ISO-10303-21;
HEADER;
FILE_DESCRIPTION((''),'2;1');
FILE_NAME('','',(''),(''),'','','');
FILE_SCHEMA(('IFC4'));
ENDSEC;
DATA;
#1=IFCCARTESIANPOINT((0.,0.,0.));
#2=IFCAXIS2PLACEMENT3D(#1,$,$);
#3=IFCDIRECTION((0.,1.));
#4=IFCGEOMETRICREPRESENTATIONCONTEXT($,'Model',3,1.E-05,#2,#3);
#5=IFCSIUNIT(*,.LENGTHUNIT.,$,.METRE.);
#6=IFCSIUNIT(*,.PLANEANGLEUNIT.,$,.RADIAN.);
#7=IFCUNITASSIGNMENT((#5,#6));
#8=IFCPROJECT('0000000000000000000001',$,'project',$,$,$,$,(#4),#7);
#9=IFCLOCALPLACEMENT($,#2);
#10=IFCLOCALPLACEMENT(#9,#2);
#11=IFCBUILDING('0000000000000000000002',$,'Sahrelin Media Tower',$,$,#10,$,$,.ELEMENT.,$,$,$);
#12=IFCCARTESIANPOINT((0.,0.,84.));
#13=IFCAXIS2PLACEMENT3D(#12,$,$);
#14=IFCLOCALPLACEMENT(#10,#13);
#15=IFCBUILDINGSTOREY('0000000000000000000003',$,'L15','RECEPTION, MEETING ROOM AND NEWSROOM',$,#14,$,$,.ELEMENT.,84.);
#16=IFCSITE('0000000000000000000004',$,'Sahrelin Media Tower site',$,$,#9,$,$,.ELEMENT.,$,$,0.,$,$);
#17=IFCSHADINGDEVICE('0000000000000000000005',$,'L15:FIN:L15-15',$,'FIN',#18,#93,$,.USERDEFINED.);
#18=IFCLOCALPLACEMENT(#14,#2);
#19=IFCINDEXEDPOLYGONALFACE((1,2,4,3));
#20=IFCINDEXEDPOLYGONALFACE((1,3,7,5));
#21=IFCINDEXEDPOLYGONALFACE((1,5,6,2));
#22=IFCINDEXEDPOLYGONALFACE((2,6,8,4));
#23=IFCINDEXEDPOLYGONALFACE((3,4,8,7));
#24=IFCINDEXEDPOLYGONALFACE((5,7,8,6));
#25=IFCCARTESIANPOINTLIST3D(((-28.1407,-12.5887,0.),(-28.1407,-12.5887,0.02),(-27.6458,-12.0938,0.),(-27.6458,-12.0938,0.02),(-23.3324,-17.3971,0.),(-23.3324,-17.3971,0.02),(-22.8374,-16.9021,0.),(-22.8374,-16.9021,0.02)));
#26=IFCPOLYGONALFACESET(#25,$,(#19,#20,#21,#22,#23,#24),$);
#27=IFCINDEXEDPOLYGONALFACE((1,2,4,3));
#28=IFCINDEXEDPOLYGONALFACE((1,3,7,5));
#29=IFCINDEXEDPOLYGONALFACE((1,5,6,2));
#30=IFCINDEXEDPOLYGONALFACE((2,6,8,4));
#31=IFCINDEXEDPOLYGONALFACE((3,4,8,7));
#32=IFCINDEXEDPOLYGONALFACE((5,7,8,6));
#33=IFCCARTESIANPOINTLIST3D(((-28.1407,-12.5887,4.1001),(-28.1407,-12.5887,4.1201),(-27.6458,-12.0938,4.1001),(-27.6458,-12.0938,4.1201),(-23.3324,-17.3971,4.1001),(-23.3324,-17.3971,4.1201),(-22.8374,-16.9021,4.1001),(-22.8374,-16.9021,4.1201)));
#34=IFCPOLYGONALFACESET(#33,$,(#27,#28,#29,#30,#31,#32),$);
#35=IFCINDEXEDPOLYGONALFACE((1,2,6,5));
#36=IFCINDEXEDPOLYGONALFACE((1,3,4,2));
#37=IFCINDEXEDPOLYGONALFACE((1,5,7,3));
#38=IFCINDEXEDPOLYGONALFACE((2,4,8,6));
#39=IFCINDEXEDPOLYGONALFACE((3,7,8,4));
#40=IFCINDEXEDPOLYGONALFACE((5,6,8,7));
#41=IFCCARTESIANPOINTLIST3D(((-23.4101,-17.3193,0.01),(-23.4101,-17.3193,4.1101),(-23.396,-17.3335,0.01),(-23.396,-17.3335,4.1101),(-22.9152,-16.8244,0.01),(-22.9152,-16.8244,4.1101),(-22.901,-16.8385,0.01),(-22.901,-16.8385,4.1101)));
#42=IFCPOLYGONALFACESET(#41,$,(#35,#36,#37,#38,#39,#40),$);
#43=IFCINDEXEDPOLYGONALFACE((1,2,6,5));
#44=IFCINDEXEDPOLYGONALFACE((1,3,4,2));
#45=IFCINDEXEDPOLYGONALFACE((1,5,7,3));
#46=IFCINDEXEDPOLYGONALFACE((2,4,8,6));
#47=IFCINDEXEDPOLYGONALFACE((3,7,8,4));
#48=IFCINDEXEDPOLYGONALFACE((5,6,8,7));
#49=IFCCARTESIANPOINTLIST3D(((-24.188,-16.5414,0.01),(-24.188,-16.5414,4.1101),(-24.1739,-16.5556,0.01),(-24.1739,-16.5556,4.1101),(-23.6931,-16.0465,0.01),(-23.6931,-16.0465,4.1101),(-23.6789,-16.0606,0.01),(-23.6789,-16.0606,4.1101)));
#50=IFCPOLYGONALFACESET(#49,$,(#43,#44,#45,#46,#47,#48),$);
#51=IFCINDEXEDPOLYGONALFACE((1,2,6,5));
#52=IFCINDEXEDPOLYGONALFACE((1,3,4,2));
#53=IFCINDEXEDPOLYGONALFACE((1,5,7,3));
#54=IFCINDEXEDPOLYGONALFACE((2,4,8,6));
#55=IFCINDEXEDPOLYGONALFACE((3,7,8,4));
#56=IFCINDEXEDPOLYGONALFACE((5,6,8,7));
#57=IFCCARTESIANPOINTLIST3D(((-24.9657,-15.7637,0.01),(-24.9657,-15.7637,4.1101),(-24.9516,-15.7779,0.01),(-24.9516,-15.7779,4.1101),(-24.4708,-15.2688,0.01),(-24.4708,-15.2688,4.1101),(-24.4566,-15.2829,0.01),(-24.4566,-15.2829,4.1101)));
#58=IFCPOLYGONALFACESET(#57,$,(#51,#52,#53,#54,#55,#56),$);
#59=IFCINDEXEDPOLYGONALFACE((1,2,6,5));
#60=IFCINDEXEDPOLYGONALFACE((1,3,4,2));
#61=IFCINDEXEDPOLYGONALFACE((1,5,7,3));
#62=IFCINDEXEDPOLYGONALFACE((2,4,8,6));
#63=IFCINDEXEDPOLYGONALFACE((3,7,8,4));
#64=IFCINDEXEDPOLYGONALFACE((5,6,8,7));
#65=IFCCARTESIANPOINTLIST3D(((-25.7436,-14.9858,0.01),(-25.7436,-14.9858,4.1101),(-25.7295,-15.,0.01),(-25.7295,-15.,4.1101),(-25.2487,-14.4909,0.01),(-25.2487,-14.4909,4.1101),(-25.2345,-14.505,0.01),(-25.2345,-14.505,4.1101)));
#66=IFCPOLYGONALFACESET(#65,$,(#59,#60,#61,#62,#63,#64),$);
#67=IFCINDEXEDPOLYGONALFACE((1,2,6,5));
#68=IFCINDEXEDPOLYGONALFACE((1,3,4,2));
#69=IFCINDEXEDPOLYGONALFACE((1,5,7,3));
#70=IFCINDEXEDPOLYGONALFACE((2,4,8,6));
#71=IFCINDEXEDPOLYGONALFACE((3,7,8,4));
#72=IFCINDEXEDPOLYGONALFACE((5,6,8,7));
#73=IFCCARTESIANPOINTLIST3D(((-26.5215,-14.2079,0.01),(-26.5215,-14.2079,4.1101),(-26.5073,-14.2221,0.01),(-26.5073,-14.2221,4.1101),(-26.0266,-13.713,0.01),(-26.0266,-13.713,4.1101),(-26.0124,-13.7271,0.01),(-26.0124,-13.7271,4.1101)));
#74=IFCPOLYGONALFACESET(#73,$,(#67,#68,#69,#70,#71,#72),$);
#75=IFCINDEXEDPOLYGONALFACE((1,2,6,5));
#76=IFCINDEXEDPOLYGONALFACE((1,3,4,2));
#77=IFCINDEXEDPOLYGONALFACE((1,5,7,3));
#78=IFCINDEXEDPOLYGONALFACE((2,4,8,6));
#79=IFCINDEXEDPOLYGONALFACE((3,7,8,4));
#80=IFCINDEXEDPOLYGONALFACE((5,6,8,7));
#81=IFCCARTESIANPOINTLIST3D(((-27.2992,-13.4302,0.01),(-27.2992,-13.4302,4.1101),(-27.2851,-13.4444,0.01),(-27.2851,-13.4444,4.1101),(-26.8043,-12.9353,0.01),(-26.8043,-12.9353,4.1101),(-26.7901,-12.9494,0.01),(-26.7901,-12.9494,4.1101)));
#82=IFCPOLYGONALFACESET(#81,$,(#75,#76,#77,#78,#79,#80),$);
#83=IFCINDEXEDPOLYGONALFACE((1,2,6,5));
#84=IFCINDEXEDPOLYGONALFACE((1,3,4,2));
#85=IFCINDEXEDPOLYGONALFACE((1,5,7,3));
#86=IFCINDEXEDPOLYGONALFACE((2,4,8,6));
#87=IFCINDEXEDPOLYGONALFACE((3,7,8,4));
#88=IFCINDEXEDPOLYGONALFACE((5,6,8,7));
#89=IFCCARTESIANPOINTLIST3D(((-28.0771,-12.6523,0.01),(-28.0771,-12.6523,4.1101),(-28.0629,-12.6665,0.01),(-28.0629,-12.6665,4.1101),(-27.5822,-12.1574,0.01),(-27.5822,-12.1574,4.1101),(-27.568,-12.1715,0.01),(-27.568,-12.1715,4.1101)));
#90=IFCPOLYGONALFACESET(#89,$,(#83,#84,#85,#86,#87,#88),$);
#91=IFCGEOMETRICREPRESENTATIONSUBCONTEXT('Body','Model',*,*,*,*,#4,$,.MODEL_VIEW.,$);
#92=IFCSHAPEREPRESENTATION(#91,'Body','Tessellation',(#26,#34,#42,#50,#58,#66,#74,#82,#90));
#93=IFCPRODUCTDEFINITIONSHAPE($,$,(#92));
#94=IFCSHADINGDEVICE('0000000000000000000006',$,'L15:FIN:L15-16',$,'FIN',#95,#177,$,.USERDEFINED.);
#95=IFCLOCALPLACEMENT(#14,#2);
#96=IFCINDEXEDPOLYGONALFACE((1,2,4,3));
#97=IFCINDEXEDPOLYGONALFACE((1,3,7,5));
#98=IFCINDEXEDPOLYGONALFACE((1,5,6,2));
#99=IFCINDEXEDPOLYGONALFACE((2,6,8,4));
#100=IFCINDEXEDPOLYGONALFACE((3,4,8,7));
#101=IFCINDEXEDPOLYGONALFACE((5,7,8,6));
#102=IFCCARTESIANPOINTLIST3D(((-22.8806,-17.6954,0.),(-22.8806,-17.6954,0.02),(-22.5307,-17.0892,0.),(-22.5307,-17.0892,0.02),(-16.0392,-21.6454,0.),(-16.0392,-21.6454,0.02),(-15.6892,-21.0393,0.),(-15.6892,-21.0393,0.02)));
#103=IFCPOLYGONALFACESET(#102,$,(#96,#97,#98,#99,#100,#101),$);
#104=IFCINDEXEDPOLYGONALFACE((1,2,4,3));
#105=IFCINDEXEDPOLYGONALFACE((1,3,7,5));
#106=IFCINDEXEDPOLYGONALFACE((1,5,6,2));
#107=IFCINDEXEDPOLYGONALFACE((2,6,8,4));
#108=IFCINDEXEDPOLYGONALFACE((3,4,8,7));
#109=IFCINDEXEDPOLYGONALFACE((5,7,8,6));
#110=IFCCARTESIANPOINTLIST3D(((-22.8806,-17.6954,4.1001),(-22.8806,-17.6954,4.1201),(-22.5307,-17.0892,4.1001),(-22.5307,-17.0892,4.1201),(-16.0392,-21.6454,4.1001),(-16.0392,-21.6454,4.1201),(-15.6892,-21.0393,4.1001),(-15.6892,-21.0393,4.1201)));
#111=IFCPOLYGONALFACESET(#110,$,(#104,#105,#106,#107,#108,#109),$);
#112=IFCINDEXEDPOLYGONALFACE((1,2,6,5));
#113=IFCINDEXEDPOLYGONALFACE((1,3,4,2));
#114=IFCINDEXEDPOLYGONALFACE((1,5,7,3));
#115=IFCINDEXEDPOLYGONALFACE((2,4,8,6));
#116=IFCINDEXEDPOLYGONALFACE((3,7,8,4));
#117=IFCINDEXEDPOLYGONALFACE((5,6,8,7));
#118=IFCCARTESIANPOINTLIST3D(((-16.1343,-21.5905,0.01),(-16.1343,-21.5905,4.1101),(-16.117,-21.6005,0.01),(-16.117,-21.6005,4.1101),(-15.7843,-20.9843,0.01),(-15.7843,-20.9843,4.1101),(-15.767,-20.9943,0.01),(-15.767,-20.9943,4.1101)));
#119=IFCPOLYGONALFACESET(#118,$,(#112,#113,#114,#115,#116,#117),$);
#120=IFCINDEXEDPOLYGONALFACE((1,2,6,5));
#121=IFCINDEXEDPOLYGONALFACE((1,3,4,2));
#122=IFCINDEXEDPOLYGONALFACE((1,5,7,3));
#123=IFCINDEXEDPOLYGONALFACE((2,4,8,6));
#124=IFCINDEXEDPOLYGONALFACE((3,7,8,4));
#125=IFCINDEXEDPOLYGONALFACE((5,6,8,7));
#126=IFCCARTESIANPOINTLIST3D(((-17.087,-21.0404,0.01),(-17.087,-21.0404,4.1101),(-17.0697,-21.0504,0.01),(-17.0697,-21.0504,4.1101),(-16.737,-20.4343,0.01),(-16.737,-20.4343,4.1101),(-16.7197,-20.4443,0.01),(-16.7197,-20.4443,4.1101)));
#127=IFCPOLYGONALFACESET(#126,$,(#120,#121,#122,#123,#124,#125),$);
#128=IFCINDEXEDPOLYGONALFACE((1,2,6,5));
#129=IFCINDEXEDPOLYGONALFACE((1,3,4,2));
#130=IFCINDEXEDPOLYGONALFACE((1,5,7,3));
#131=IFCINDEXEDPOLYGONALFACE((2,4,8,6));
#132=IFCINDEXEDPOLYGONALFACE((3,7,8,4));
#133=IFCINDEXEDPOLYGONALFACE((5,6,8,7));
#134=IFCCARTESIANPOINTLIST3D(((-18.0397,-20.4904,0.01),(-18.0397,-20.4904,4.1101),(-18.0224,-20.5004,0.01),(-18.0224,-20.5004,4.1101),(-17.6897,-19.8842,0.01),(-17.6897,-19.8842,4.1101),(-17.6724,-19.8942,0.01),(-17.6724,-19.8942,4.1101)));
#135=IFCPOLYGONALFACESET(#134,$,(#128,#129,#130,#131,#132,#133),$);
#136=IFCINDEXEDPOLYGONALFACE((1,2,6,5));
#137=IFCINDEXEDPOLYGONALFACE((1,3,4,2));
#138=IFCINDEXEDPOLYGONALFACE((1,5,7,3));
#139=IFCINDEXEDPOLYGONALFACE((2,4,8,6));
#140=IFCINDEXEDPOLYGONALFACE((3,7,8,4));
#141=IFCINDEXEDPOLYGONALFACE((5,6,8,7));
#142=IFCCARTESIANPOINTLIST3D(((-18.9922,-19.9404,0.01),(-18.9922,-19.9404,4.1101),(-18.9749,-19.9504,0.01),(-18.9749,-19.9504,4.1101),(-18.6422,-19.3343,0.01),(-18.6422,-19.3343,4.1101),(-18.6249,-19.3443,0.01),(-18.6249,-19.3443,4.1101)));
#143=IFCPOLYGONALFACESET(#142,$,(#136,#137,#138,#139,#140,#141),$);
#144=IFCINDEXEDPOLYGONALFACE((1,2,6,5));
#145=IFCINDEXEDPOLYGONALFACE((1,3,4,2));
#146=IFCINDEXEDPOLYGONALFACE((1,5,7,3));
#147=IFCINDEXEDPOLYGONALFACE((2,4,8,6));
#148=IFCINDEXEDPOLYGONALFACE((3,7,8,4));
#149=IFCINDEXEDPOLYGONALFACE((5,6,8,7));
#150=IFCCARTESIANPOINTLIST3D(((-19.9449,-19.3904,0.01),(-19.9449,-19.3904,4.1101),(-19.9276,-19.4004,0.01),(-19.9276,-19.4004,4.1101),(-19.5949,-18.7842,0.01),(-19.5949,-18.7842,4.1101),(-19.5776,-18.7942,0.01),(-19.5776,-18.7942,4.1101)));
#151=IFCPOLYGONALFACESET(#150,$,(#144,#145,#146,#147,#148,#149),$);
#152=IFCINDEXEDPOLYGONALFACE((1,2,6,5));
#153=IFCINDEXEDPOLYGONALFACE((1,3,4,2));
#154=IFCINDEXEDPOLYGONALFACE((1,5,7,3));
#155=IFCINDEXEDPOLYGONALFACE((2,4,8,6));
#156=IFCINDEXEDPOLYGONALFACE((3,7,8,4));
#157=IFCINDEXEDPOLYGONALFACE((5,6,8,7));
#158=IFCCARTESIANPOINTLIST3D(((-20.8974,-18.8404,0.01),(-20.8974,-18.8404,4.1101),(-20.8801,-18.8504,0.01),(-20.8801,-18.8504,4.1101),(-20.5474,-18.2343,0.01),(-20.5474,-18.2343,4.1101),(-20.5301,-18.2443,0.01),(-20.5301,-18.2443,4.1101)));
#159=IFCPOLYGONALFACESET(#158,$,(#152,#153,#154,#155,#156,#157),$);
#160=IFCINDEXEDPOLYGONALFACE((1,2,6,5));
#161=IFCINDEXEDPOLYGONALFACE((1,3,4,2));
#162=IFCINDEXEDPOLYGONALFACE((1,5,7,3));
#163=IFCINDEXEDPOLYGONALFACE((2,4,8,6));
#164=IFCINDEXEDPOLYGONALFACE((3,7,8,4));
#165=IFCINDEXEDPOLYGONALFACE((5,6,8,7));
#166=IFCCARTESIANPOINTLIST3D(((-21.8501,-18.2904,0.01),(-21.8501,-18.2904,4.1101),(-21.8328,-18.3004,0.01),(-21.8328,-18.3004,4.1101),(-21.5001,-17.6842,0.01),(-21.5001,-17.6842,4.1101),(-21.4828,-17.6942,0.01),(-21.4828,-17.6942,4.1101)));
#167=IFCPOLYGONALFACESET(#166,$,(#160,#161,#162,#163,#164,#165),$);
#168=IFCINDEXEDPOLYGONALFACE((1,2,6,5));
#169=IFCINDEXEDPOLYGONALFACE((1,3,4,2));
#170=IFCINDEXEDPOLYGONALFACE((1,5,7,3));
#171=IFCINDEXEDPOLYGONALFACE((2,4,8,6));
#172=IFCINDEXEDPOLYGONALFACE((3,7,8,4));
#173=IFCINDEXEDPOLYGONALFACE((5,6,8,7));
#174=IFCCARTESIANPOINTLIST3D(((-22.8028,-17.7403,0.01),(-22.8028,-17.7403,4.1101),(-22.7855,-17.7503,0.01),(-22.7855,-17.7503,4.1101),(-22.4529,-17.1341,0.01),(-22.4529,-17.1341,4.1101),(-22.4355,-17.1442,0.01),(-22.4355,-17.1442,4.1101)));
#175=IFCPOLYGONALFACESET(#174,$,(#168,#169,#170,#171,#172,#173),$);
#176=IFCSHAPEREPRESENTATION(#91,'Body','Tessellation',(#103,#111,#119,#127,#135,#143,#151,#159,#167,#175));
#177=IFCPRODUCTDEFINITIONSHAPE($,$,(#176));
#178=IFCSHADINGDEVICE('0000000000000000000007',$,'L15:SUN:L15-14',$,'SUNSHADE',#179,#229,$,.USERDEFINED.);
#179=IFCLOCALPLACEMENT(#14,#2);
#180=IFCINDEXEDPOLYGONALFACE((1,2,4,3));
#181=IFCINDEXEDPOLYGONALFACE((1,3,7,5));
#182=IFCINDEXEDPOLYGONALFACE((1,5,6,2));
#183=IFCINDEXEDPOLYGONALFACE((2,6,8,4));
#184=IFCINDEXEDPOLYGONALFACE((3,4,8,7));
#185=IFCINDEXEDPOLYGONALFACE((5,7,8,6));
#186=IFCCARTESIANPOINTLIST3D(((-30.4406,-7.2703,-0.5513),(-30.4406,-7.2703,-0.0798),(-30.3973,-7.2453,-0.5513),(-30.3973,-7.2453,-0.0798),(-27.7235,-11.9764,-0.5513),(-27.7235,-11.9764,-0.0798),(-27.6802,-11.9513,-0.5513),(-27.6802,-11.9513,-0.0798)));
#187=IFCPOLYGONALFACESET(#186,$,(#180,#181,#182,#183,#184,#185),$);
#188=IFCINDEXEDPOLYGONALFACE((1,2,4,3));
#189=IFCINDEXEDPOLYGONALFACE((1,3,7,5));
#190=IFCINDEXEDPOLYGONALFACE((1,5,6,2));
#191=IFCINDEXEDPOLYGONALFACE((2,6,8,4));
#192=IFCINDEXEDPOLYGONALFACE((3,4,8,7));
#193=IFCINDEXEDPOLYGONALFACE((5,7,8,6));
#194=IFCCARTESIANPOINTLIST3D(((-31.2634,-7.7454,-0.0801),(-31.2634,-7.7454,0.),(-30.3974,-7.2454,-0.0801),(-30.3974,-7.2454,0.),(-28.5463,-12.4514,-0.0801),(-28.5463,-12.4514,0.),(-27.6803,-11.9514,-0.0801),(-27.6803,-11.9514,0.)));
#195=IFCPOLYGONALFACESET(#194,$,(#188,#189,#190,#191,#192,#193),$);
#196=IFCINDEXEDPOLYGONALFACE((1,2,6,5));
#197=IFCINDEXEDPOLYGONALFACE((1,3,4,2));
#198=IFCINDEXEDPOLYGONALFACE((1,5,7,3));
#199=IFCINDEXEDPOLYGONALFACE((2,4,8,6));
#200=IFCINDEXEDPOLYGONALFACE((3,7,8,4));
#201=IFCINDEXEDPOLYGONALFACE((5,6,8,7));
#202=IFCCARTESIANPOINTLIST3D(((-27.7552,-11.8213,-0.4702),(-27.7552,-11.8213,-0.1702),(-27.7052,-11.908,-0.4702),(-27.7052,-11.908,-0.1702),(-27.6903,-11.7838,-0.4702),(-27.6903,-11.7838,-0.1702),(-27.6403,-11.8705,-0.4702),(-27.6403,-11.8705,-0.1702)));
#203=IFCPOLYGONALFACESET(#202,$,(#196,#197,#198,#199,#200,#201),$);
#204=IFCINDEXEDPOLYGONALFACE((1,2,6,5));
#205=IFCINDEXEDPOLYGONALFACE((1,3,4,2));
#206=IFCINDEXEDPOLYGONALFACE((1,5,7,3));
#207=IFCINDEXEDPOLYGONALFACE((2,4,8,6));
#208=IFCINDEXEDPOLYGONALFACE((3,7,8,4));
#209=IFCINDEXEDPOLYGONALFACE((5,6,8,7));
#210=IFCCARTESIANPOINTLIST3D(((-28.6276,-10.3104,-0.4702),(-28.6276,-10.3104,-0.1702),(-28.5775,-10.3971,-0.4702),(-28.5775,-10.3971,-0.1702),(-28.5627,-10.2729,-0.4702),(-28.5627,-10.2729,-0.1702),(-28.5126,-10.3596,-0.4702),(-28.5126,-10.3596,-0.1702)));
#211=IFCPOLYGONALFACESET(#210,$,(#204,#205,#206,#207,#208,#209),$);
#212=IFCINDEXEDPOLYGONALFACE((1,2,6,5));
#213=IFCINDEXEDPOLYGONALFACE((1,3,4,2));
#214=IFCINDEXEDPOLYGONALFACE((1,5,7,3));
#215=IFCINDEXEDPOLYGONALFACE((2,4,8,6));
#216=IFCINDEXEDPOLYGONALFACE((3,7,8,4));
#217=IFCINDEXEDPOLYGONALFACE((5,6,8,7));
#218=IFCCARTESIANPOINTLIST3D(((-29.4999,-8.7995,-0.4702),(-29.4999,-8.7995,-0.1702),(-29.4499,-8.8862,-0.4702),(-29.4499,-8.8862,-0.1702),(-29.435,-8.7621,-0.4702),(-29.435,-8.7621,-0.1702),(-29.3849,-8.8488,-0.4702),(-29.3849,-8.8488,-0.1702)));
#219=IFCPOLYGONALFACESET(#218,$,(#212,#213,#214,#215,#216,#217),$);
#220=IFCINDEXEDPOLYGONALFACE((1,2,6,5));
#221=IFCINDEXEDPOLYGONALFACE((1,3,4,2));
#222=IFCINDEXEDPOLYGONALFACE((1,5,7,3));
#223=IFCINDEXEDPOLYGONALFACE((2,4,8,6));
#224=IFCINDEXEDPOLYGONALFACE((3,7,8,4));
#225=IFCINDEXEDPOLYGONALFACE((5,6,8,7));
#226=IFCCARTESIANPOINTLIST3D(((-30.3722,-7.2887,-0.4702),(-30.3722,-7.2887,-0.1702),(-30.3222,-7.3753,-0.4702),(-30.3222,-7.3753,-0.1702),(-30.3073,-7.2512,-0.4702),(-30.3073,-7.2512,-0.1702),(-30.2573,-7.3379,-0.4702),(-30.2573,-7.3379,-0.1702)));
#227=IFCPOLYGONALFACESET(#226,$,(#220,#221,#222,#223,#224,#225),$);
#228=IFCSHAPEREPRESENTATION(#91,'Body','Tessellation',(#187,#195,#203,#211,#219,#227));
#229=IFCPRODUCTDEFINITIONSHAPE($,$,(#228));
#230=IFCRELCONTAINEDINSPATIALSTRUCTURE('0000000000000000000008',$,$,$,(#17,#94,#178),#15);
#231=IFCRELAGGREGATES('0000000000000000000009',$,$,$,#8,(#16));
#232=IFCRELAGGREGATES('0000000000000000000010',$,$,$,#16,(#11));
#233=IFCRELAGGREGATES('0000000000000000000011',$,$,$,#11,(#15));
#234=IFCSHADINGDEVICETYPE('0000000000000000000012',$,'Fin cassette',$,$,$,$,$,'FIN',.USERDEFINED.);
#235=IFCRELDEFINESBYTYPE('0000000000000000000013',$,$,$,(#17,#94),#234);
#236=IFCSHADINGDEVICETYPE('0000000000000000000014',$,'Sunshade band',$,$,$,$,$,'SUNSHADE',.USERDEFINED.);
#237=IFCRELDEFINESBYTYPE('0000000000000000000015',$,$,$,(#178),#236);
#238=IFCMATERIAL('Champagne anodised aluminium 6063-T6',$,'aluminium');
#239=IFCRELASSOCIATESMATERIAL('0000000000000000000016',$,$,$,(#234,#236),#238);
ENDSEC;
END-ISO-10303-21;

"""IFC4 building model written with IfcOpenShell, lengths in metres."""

from ifc_helpers import new_model, si_unit, direction, frame, origin, origin_2d, place, context, subcontext, project, spatial, rectangle, extrude, material, type_object, element, save


model = new_model("IFC4")

# Units and contexts
model_context = context("Model", 3, precision=1e-05, world=origin(), true_north=direction((0.0, 1.0)))
body_context = subcontext(model_context, "Body", "Model", "MODEL_VIEW")
ifc_project = project(units=[si_unit("LENGTHUNIT", "METRE"), si_unit("PLANEANGLEUNIT", "RADIAN")], contexts=[model_context])

# Site, building, storey
site_placement = place(None, origin())
site = spatial("IfcSite", under=ifc_project, at=site_placement, Name="Sahrelin Media Tower site", CompositionType="ELEMENT", RefElevation=0.0)
building_placement = place(site_placement, origin())
building = spatial("IfcBuilding", under=site, at=building_placement, Name="Sahrelin Media Tower", CompositionType="ELEMENT")
storey_placement = place(building_placement, frame((0.0, 0.0, 84.0)))
storey = spatial("IfcBuildingStorey", under=building, at=storey_placement, Name="L15", Description="RECEPTION, MEETING ROOM AND NEWSROOM", CompositionType="ELEMENT", Elevation=84.0)

# Shared definitions
ifc_material_1 = material(Name="Champagne anodised aluminium 6063-T6", Category="aluminium")

# Shading devices
shading_device_type_1 = type_object("IfcShadingDeviceType", Name="Fin cassette", ElementType="FIN", PredefinedType="USERDEFINED", material=ifc_material_1)
placement_1 = place(storey_placement, frame((-29.0215, -9.5884, 0.0), z_axis=(0.0, 0.0, 1.0), x_axis=(-0.500011, 0.866019, 0.0)))
placement_2 = place(storey_placement, frame((-25.1921, -14.4485, 0.0), z_axis=(0.0, 0.0, 1.0), x_axis=(-0.707107, 0.707107, 0.0)))
element("IfcShadingDevice", 1, at=placement_2, inside=storey, type_object=shading_device_type_1, Name="L15:FIN:L15-15", ObjectType="FIN", PredefinedType="USERDEFINED", context=body_context, shape_type="SweptSolid", body=[
    extrude(rectangle(XDim=6.8, YDim=0.7, at=origin_2d()), frame((0.0, 0.4199, 0.0)), (0.0, 0.0, 1.0), 0.02),
    extrude(rectangle(XDim=6.8, YDim=0.7, at=origin_2d()), frame((0.0, 0.4199, 4.1001)), (0.0, 0.0, 1.0), 0.02),
    extrude(rectangle(XDim=0.02, YDim=0.7, at=origin_2d()), frame((-3.3, 0.4199, 0.01), z_axis=(0.0, 0.0, 1.0), x_axis=(1.0, 0.0, 0.0)), (0.0, 0.0, 1.0), 4.1001),
    extrude(rectangle(XDim=0.02, YDim=0.7, at=origin_2d()), frame((-2.2, 0.4199, 0.01), z_axis=(0.0, 0.0, 1.0), x_axis=(1.0, 0.0, 0.0)), (0.0, 0.0, 1.0), 4.1001),
    extrude(rectangle(XDim=0.02, YDim=0.7, at=origin_2d()), frame((-1.1001, 0.4199, 0.01), z_axis=(0.0, 0.0, 1.0), x_axis=(1.0, 0.0, 0.0)), (0.0, 0.0, 1.0), 4.1001),
    extrude(rectangle(XDim=0.02, YDim=0.7, at=origin_2d()), frame((0.0, 0.4199, 0.01), z_axis=(0.0, 0.0, 1.0), x_axis=(1.0, 0.0, 0.0)), (0.0, 0.0, 1.0), 4.1001),
    extrude(rectangle(XDim=0.02, YDim=0.7, at=origin_2d()), frame((1.1001, 0.4199, 0.01), z_axis=(0.0, 0.0, 1.0), x_axis=(1.0, 0.0, 0.0)), (0.0, 0.0, 1.0), 4.1001),
    extrude(rectangle(XDim=0.02, YDim=0.7, at=origin_2d()), frame((2.2, 0.4199, 0.01), z_axis=(0.0, 0.0, 1.0), x_axis=(1.0, 0.0, 0.0)), (0.0, 0.0, 1.0), 4.1001),
    extrude(rectangle(XDim=0.02, YDim=0.7, at=origin_2d()), frame((3.3, 0.4199, 0.01), z_axis=(0.0, 0.0, 1.0), x_axis=(1.0, 0.0, 0.0)), (0.0, 0.0, 1.0), 4.1001),
])
placement_3 = place(storey_placement, frame((-19.075, -19.0037, 0.0), z_axis=(0.0, 0.0, 1.0), x_axis=(-0.866019, 0.500011, 0.0)))
element("IfcShadingDevice", 2, at=placement_3, inside=storey, type_object=shading_device_type_1, Name="L15:FIN:L15-16", ObjectType="FIN", PredefinedType="USERDEFINED", context=body_context, shape_type="SweptSolid", body=[
    extrude(rectangle(XDim=7.8999, YDim=0.7, at=origin_2d()), frame((0.0, 0.4199, 0.0)), (0.0, 0.0, 1.0), 0.02),
    extrude(rectangle(XDim=7.8999, YDim=0.7, at=origin_2d()), frame((0.0, 0.4199, 4.1001)), (0.0, 0.0, 1.0), 0.02),
    extrude(rectangle(XDim=0.02, YDim=0.7, at=origin_2d()), frame((-3.8501, 0.4199, 0.01), z_axis=(0.0, 0.0, 1.0), x_axis=(1.0, 0.0, 0.0)), (0.0, 0.0, 1.0), 4.1001),
    extrude(rectangle(XDim=0.02, YDim=0.7, at=origin_2d()), frame((-2.75, 0.4199, 0.01), z_axis=(0.0, 0.0, 1.0), x_axis=(1.0, 0.0, 0.0)), (0.0, 0.0, 1.0), 4.1001),
    extrude(rectangle(XDim=0.02, YDim=0.7, at=origin_2d()), frame((-1.6499, 0.4199, 0.01), z_axis=(0.0, 0.0, 1.0), x_axis=(1.0, 0.0, 0.0)), (0.0, 0.0, 1.0), 4.1001),
    extrude(rectangle(XDim=0.02, YDim=0.7, at=origin_2d()), frame((-0.55, 0.4199, 0.01), z_axis=(0.0, 0.0, 1.0), x_axis=(1.0, 0.0, 0.0)), (0.0, 0.0, 1.0), 4.1001),
    extrude(rectangle(XDim=0.02, YDim=0.7, at=origin_2d()), frame((0.55, 0.4199, 0.01), z_axis=(0.0, 0.0, 1.0), x_axis=(1.0, 0.0, 0.0)), (0.0, 0.0, 1.0), 4.1001),
    extrude(rectangle(XDim=0.02, YDim=0.7, at=origin_2d()), frame((1.6499, 0.4199, 0.01), z_axis=(0.0, 0.0, 1.0), x_axis=(1.0, 0.0, 0.0)), (0.0, 0.0, 1.0), 4.1001),
    extrude(rectangle(XDim=0.02, YDim=0.7, at=origin_2d()), frame((2.75, 0.4199, 0.01), z_axis=(0.0, 0.0, 1.0), x_axis=(1.0, 0.0, 0.0)), (0.0, 0.0, 1.0), 4.1001),
    extrude(rectangle(XDim=0.02, YDim=0.7, at=origin_2d()), frame((3.8501, 0.4199, 0.01), z_axis=(0.0, 0.0, 1.0), x_axis=(1.0, 0.0, 0.0)), (0.0, 0.0, 1.0), 4.1001),
])
shading_device_type_2 = type_object("IfcShadingDeviceType", Name="Sunshade band", ElementType="SUNSHADE", PredefinedType="USERDEFINED", material=ifc_material_1)
element("IfcShadingDevice", 3, at=placement_1, inside=storey, type_object=shading_device_type_2, Name="L15:SUN:L15-14", ObjectType="SUNSHADE", PredefinedType="USERDEFINED", context=body_context, shape_type="SweptSolid", body=[
    extrude(rectangle(XDim=5.4341, YDim=0.05, at=origin_2d()), frame((0.0, 0.0449, -0.5513)), (0.0, 0.0, 1.0), 0.4714),
    extrude(rectangle(XDim=5.4341, YDim=1.0, at=origin_2d()), frame((0.0, 0.52, -0.0801)), (0.0, 0.0, 1.0), 0.0801),
    extrude(rectangle(XDim=0.1001, YDim=0.075, at=origin_2d()), frame((-2.6169, -0.0176, -0.4702)), (0.0, 0.0, 1.0), 0.3),
    extrude(rectangle(XDim=0.1001, YDim=0.075, at=origin_2d()), frame((-0.8723, -0.0176, -0.4702)), (0.0, 0.0, 1.0), 0.3),
    extrude(rectangle(XDim=0.1001, YDim=0.075, at=origin_2d()), frame((0.8723, -0.0176, -0.4702)), (0.0, 0.0, 1.0), 0.3),
    extrude(rectangle(XDim=0.1001, YDim=0.075, at=origin_2d()), frame((2.6169, -0.0176, -0.4702)), (0.0, 0.0, 1.0), 0.3),
])

save(model, "model.ifc")
